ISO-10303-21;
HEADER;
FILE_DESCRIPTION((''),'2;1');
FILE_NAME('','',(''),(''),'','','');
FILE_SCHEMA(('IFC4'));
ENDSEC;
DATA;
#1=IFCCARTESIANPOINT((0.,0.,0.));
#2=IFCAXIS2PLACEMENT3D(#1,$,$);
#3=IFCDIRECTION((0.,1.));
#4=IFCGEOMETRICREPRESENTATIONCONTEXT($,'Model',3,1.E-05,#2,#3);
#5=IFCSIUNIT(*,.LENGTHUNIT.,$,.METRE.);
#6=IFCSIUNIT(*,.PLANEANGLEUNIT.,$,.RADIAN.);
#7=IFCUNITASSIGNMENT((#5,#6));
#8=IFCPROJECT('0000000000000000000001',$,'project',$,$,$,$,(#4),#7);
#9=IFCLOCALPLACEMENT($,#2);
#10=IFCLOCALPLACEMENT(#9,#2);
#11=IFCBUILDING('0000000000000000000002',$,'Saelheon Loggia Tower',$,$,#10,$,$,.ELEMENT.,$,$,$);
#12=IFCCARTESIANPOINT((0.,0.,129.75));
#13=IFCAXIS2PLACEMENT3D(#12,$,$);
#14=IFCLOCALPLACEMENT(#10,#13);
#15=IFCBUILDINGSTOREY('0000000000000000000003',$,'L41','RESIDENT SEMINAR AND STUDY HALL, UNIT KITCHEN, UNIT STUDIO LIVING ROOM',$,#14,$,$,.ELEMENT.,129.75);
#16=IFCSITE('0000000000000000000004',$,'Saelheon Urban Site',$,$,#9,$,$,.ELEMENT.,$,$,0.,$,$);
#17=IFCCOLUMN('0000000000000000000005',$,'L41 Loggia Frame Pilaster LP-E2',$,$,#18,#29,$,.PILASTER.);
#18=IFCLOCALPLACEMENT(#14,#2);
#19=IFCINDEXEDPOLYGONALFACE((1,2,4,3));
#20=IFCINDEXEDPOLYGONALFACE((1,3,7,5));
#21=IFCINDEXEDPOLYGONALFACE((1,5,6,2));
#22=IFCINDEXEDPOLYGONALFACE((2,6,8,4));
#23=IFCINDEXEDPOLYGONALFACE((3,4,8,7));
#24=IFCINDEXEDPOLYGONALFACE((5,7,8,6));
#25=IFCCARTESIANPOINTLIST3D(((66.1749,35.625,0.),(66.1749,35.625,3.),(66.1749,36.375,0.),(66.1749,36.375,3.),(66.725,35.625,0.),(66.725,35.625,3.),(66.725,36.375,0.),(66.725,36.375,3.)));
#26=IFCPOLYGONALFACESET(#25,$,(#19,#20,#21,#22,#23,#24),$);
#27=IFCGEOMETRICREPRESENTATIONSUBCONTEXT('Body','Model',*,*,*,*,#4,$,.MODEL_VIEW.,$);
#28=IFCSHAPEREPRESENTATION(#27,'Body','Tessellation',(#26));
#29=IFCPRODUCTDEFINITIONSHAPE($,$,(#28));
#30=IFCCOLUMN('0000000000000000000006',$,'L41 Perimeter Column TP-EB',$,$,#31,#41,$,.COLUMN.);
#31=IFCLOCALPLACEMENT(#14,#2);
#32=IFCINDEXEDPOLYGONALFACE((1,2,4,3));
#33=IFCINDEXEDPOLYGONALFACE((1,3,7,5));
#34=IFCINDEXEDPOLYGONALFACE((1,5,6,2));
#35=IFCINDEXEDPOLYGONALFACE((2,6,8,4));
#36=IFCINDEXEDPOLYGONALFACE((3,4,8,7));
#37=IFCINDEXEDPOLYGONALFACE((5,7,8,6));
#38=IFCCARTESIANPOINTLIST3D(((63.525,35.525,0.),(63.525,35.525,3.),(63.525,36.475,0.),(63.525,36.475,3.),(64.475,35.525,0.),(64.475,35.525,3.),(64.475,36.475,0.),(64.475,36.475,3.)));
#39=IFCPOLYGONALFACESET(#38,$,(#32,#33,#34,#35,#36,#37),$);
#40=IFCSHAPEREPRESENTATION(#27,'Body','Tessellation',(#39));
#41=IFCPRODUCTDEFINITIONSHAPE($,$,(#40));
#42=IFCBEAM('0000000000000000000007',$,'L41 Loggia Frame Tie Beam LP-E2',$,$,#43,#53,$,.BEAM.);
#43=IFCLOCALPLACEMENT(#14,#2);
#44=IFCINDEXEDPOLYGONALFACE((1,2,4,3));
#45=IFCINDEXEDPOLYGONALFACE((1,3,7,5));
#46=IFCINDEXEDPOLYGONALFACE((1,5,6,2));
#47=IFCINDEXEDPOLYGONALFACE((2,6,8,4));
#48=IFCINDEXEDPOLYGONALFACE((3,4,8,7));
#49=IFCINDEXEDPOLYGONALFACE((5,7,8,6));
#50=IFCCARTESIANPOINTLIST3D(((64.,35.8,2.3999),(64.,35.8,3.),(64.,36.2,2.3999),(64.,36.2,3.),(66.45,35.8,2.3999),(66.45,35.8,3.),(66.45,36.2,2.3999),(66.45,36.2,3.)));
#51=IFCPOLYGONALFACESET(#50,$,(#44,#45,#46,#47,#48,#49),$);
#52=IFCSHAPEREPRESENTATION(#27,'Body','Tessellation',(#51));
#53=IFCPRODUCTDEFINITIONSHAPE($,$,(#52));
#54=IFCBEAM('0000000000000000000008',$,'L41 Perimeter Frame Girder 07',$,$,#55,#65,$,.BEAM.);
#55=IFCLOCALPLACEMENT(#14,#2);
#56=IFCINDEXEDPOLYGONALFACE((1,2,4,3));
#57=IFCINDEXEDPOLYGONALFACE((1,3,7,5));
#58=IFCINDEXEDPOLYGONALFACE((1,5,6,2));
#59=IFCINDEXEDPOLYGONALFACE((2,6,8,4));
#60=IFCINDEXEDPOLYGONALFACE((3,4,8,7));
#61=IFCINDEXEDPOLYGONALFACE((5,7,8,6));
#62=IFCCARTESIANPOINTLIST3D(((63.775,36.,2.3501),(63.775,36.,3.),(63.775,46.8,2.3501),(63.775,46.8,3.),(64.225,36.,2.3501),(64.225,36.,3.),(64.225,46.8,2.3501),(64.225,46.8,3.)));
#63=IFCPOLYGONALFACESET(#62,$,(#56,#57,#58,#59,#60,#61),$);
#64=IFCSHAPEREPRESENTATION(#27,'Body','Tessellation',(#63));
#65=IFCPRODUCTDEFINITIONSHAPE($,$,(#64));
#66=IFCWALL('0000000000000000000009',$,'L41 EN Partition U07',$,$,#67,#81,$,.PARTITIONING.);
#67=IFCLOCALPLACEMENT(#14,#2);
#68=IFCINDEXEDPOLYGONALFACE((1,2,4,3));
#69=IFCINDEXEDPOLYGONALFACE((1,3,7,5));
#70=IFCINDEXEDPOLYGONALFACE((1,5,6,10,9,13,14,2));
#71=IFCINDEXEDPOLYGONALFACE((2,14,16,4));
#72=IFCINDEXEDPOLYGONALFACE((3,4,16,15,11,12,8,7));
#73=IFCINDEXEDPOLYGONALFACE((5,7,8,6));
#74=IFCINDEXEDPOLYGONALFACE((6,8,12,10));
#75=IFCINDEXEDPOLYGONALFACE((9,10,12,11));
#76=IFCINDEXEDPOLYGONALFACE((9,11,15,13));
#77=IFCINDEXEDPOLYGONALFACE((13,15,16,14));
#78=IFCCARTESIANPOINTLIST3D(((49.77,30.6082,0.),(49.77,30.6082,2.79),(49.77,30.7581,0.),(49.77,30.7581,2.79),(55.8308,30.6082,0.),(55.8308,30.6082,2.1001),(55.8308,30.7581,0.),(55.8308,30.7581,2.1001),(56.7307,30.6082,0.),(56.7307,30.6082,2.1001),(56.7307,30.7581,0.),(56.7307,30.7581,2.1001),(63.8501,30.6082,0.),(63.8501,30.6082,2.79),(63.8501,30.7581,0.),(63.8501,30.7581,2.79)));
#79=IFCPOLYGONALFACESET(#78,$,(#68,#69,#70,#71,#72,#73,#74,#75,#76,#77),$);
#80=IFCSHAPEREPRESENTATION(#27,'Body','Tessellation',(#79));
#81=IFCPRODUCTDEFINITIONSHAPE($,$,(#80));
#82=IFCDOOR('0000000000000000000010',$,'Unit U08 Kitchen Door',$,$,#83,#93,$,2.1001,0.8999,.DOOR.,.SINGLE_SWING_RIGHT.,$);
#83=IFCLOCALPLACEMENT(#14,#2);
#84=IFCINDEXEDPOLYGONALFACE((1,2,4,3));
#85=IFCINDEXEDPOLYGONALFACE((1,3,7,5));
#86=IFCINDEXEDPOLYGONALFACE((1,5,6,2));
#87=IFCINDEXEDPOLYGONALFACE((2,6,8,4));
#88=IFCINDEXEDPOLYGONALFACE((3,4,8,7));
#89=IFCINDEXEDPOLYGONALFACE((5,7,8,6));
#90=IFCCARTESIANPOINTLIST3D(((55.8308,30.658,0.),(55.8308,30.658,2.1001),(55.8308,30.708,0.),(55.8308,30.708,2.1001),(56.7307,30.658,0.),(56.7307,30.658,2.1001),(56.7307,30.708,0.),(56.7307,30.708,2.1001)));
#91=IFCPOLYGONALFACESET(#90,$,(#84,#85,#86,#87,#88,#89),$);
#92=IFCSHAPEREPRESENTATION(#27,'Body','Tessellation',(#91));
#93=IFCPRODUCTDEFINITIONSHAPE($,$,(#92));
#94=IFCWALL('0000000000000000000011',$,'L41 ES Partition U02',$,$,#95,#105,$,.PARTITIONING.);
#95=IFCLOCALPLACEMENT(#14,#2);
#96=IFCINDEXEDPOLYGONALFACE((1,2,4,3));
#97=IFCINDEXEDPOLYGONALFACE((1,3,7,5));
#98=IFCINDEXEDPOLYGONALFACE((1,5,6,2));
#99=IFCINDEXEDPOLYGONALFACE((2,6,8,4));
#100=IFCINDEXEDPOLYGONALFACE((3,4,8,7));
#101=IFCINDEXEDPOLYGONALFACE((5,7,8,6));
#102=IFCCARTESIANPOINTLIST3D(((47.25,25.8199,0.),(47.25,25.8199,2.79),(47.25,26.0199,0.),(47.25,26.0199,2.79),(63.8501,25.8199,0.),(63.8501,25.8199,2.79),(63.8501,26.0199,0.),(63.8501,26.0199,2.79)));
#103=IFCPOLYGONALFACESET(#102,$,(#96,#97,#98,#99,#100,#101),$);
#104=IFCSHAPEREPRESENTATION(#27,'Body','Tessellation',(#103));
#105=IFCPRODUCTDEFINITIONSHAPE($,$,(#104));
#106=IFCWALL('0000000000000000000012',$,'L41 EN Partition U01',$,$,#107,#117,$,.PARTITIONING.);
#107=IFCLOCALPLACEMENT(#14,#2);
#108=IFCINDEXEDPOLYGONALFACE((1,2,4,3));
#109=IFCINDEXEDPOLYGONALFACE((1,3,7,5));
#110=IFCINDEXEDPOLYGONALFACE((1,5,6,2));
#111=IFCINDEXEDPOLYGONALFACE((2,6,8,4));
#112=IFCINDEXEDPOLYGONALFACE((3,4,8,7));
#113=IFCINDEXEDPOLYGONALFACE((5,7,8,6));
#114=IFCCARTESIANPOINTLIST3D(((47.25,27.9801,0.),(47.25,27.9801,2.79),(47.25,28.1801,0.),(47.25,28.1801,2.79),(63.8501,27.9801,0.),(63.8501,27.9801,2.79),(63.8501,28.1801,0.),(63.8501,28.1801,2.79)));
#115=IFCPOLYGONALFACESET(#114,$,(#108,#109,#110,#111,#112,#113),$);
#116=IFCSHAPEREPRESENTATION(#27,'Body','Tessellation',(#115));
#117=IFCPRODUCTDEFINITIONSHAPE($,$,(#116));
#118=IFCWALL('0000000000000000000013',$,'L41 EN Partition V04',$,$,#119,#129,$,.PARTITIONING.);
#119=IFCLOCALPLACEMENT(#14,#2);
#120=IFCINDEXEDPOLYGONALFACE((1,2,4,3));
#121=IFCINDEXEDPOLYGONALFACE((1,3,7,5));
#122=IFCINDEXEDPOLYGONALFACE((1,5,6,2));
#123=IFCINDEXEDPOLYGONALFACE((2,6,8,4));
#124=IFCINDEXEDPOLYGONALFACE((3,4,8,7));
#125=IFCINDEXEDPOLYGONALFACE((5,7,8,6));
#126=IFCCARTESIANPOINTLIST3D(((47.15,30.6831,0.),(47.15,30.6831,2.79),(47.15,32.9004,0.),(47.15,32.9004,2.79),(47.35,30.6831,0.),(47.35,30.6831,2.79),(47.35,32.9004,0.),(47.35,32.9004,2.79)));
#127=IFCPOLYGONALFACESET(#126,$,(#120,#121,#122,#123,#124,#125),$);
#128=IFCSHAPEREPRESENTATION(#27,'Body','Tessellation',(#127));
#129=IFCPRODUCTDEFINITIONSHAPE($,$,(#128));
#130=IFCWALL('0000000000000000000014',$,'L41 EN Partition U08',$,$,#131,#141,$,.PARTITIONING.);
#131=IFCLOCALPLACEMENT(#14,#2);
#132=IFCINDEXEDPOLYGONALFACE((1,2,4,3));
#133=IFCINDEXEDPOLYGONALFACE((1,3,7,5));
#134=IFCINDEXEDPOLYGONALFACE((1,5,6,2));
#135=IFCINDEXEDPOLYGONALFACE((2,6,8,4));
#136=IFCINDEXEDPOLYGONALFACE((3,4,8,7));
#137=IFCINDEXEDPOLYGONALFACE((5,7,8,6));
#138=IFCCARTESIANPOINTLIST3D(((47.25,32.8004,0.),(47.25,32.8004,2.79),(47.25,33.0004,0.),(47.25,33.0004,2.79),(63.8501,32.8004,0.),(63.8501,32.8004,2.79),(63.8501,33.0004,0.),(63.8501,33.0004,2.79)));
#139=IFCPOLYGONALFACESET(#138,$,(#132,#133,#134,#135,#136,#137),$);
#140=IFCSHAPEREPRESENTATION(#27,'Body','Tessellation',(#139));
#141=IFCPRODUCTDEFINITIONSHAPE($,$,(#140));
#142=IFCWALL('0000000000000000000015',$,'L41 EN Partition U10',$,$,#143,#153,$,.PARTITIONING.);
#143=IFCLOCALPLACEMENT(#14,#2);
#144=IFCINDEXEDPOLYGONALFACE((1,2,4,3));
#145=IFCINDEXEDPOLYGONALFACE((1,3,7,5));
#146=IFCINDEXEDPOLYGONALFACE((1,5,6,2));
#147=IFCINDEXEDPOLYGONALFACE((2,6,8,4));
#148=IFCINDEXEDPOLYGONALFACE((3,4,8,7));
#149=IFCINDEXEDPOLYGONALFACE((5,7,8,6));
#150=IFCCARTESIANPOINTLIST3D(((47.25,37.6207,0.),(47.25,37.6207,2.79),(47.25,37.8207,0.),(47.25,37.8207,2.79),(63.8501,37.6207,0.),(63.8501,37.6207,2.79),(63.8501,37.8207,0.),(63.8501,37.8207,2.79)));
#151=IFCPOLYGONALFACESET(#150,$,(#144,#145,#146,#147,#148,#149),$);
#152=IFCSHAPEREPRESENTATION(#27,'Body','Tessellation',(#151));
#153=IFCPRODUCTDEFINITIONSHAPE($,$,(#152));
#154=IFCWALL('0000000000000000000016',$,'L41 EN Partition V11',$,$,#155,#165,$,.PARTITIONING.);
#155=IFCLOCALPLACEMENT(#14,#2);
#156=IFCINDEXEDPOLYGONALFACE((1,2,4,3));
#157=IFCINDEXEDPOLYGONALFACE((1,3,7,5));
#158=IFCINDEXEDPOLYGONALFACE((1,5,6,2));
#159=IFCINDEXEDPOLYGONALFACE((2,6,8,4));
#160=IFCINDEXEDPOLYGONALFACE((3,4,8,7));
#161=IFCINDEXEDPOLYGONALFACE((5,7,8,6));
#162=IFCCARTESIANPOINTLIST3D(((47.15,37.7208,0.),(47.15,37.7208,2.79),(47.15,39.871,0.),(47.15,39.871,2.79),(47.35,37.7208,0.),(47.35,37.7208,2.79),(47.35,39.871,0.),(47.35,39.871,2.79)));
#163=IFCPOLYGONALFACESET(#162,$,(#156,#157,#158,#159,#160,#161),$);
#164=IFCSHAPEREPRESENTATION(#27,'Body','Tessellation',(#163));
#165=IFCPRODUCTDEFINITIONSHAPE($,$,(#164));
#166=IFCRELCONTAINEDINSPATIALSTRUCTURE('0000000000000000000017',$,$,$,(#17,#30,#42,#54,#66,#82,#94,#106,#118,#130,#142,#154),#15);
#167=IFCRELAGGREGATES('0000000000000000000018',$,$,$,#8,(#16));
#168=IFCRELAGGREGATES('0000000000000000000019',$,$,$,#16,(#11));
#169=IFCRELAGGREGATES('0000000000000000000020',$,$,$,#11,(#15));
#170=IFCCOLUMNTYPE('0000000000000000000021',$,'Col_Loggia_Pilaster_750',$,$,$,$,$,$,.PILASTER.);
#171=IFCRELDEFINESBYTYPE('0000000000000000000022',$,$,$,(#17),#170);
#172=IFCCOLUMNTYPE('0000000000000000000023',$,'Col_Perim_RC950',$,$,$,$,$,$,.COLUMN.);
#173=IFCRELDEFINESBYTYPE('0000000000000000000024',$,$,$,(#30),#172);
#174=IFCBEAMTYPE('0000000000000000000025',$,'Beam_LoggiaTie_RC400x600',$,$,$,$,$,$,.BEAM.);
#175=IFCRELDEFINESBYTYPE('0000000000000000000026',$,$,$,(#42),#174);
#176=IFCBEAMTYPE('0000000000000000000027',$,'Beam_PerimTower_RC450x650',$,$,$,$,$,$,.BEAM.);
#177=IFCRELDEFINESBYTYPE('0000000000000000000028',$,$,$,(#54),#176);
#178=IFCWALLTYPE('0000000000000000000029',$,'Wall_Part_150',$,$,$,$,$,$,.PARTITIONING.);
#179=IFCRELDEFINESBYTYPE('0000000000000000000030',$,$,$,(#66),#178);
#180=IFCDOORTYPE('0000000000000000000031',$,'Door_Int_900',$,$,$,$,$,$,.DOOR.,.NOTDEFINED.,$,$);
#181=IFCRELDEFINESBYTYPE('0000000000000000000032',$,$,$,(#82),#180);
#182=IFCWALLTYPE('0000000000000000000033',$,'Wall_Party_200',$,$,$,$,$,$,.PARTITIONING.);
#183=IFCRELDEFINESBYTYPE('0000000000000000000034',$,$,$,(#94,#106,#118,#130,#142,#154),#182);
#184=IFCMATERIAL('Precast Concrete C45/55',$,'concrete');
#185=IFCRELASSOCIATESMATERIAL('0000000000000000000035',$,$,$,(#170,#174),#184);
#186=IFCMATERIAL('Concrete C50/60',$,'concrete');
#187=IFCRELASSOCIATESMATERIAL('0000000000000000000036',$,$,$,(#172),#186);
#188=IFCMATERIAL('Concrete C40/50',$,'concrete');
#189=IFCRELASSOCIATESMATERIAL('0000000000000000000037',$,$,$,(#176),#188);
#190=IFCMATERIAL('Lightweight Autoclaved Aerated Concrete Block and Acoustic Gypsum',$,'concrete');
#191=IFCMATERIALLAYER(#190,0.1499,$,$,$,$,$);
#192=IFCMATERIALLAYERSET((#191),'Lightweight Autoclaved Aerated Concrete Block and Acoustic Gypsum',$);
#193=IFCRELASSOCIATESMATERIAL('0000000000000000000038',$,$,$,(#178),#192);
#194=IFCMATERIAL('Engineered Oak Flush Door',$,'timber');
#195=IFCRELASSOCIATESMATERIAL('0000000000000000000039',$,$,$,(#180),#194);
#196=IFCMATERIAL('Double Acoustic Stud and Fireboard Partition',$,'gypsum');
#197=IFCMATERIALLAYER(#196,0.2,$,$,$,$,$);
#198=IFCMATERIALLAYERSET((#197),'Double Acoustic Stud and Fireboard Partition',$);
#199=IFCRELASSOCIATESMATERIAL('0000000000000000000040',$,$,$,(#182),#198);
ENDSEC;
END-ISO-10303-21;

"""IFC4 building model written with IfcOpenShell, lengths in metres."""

from ifc_helpers import new_model, si_unit, direction, frame, frame_2d, origin, origin_2d, place, context, subcontext, project, spatial, rectangle, extrude, source, transform, mapped, material, layer, layer_set, material_profile, profile_set, type_object, element, fill, save


model = new_model("IFC4")

# Units and contexts
model_context = context("Model", 3, precision=1e-05, world=origin(), true_north=direction((0.0, 1.0)))
body_context = subcontext(model_context, "Body", "Model", "MODEL_VIEW")
ifc_project = project(units=[si_unit("LENGTHUNIT", "METRE"), si_unit("PLANEANGLEUNIT", "RADIAN")], contexts=[model_context])

# Site, building, storey
site_placement = place(None, origin())
site = spatial("IfcSite", under=ifc_project, at=site_placement, Name="Saelheon Urban Site", CompositionType="ELEMENT", RefElevation=0.0)
building_placement = place(site_placement, origin())
building = spatial("IfcBuilding", under=site, at=building_placement, Name="Saelheon Loggia Tower", CompositionType="ELEMENT")
storey_placement = place(building_placement, frame((0.0, 0.0, 129.75)))
storey = spatial("IfcBuildingStorey", under=building, at=storey_placement, Name="L41", Description="RESIDENT SEMINAR AND STUDY HALL, UNIT KITCHEN, UNIT STUDIO LIVING ROOM", CompositionType="ELEMENT", Elevation=129.75)

# Columns
ifc_material_1 = material(Name="Precast Concrete C45/55", Category="concrete")
ifc_material_profile_1 = material_profile(ifc_material_1, rectangle(XDim=0.55, YDim=0.75, at=origin_2d()), Name="RC-550x750")
ifc_profile_set_1 = profile_set([ifc_material_profile_1], Name="Precast Concrete C45/55")
column_type_1 = type_object("IfcColumnType", Name="Col_Loggia_Pilaster_750", PredefinedType="PILASTER", material=ifc_profile_set_1)
shared_shape_1 = source(origin(), body_context, "Body", "SweptSolid", [
    extrude(rectangle(XDim=0.55, YDim=0.75, at=origin_2d()), origin(), (0.0, 0.0, 1.0), 3.0),
])
column_1_placement = place(storey_placement, frame((66.45, 36.0, 0.0), z_axis=(0.0, 0.0, 1.0), x_axis=(1.0, 0.0, 0.0)))
element("IfcColumn", 1, at=column_1_placement, inside=storey, type_object=column_type_1, Name="L41 Loggia Frame Pilaster LP-E2", PredefinedType="PILASTER", context=body_context, shape_type="MappedRepresentation", body=[
    mapped(shared_shape_1, transform((0.0, 0.0, 0.0), scale=1.0)),
])
ifc_material_2 = material(Name="Concrete C50/60", Category="concrete")
ifc_material_profile_2 = material_profile(ifc_material_2, rectangle(XDim=0.95, YDim=0.95, at=origin_2d()), Name="RC-950x950")
ifc_profile_set_2 = profile_set([ifc_material_profile_2], Name="Concrete C50/60")
column_type_2 = type_object("IfcColumnType", Name="Col_Perim_RC950", PredefinedType="COLUMN", material=ifc_profile_set_2)
shared_shape_2 = source(origin(), body_context, "Body", "SweptSolid", [
    extrude(rectangle(XDim=0.95, YDim=0.95, at=origin_2d()), origin(), (0.0, 0.0, 1.0), 3.0),
])
column_2_placement = place(storey_placement, frame((64.0, 36.0, 0.0), z_axis=(0.0, 0.0, 1.0), x_axis=(1.0, 0.0, 0.0)))
element("IfcColumn", 2, at=column_2_placement, inside=storey, type_object=column_type_2, Name="L41 Perimeter Column TP-EB", PredefinedType="COLUMN", context=body_context, shape_type="MappedRepresentation", body=[
    mapped(shared_shape_2, transform((0.0, 0.0, 0.0), scale=1.0)),
])

# Beams
ifc_material_profile_3 = material_profile(ifc_material_1, rectangle(XDim=0.3999, YDim=0.6001, at=origin_2d()), Name="RC-400x600")
ifc_profile_set_3 = profile_set([ifc_material_profile_3], Name="Precast Concrete C45/55")
beam_type_1 = type_object("IfcBeamType", Name="Beam_LoggiaTie_RC400x600", PredefinedType="BEAM", material=ifc_profile_set_3)
shared_shape_3 = source(origin(), body_context, "Body", "SweptSolid", [
    extrude(rectangle(XDim=0.3999, YDim=0.6001, at=origin_2d()), origin(), (0.0, 0.0, 1.0), 2.45),
])
beam_1_placement = place(storey_placement, frame((64.0, 36.0, 2.7), z_axis=(1.0, 0.0, 0.0), x_axis=(0.0, 1.0, 0.0)))
element("IfcBeam", 3, at=beam_1_placement, inside=storey, type_object=beam_type_1, Name="L41 Loggia Frame Tie Beam LP-E2", PredefinedType="BEAM", context=body_context, shape_type="MappedRepresentation", body=[
    mapped(shared_shape_3, transform((0.0, 0.0, 0.0), scale=1.0)),
])
ifc_material_3 = material(Name="Concrete C40/50", Category="concrete")
ifc_material_profile_4 = material_profile(ifc_material_3, rectangle(XDim=0.45, YDim=0.6499, at=origin_2d()), Name="RC-450x650")
ifc_profile_set_4 = profile_set([ifc_material_profile_4], Name="Concrete C40/50")
beam_type_2 = type_object("IfcBeamType", Name="Beam_PerimTower_RC450x650", PredefinedType="BEAM", material=ifc_profile_set_4)
shared_shape_4 = source(origin(), body_context, "Body", "SweptSolid", [
    extrude(rectangle(XDim=0.45, YDim=0.6499, at=origin_2d()), origin(), (0.0, 0.0, 1.0), 10.8),
])
beam_2_placement = place(storey_placement, frame((64.0, 36.0, 2.675), z_axis=(0.0, 1.0, 0.0), x_axis=(-1.0, 0.0, 0.0)))
element("IfcBeam", 4, at=beam_2_placement, inside=storey, type_object=beam_type_2, Name="L41 Perimeter Frame Girder 07", PredefinedType="BEAM", context=body_context, shape_type="MappedRepresentation", body=[
    mapped(shared_shape_4, transform((0.0, 0.0, 0.0), scale=1.0)),
])

# Wall, opening, door
ifc_material_4 = material(Name="Lightweight Autoclaved Aerated Concrete Block and Acoustic Gypsum", Category="concrete")
ifc_layer_1 = layer(ifc_material_4, 0.1499)
ifc_layer_set_1 = layer_set([ifc_layer_1], Name="Lightweight Autoclaved Aerated Concrete Block and Acoustic Gypsum")
wall_type_1 = type_object("IfcWallType", Name="Wall_Part_150", PredefinedType="PARTITIONING", material=ifc_layer_set_1)
wall_1_placement = place(storey_placement, frame((49.77, 30.6831, 0.0), z_axis=(0.0, 0.0, 1.0), x_axis=(1.0, 0.0, 0.0)))
wall_1 = element("IfcWall", 5, at=wall_1_placement, inside=storey, type_object=wall_type_1, Name="L41 EN Partition U07", PredefinedType="PARTITIONING", context=body_context, shape_type="SweptSolid", body=[
    extrude(rectangle(XDim=14.0801, YDim=0.1499, at=frame_2d((7.04, 0.0))), origin(), (0.0, 0.0, 1.0), 2.79),
])
opening_1_placement = place(wall_1_placement, frame((6.0608, 0.0, 0.0)))
opening_1 = element("IfcOpeningElement", 6, at=opening_1_placement, cuts=wall_1, PredefinedType="OPENING", context=body_context, shape_type="SweptSolid", body=[
    extrude(rectangle(XDim=0.8999, YDim=2.1001, at=frame_2d((0.45, 1.05))), frame((0.0, 0.0869, 0.0), z_axis=(0.0, -1.0, 0.0), x_axis=(1.0, 0.0, 0.0)), (0.0, 0.0, 1.0), 0.1738),
])
ifc_material_5 = material(Name="Engineered Oak Flush Door", Category="timber")
door_type_1 = type_object("IfcDoorType", Name="Door_Int_900", OperationType="NOTDEFINED", PredefinedType="DOOR", material=ifc_material_5)
shared_shape_5 = source(origin(), body_context, "Body", "SweptSolid", [
    extrude(rectangle(XDim=0.8999, YDim=2.1001, at=frame_2d((0.45, 1.05))), frame((0.0, 0.0249, 0.0), z_axis=(0.0, -1.0, 0.0), x_axis=(1.0, 0.0, 0.0)), (0.0, 0.0, 1.0), 0.05),
])
door_1_placement = place(opening_1_placement, origin())
door_1 = element("IfcDoor", 7, at=door_1_placement, inside=storey, type_object=door_type_1, Name="Unit U08 Kitchen Door", OperationType="SINGLE_SWING_RIGHT", OverallHeight=2.1001, OverallWidth=0.8999, PredefinedType="DOOR", context=body_context, shape_type="MappedRepresentation", body=[
    mapped(shared_shape_5, transform((0.0, 0.0, 0.0), scale=1.0)),
])
fill(opening_1, door_1)

# Walls
ifc_material_6 = material(Name="Double Acoustic Stud and Fireboard Partition", Category="gypsum")
ifc_layer_2 = layer(ifc_material_6, 0.2)
ifc_layer_set_2 = layer_set([ifc_layer_2], Name="Double Acoustic Stud and Fireboard Partition")
wall_type_2 = type_object("IfcWallType", Name="Wall_Party_200", PredefinedType="PARTITIONING", material=ifc_layer_set_2)
for number, where, z_axis, x_axis, name in (
    (8, (47.25, 25.9199, 0.0), (0.0, 0.0, 1.0), (1.0, 0.0, 0.0), "L41 ES Partition U02"),
    (9, (47.25, 28.0801, 0.0), (0.0, 0.0, 1.0), (1.0, 0.0, 0.0), "L41 EN Partition U01"),
):
    element("IfcWall", number, at=place(storey_placement, frame(where, z_axis=z_axis, x_axis=x_axis)), inside=storey, type_object=wall_type_2, Name=name, PredefinedType="PARTITIONING", context=body_context, shape_type="SweptSolid", body=[
        extrude(rectangle(XDim=16.6001, YDim=0.2, at=frame_2d((8.3, 0.0))), origin(), (0.0, 0.0, 1.0), 2.79),
    ])

# Walls
wall_2_placement = place(storey_placement, frame((47.25, 30.6831, 0.0), z_axis=(0.0, 0.0, 1.0), x_axis=(0.0, 1.0, 0.0)))
element("IfcWall", 10, at=wall_2_placement, inside=storey, type_object=wall_type_2, Name="L41 EN Partition V04", PredefinedType="PARTITIONING", context=body_context, shape_type="SweptSolid", body=[
    extrude(rectangle(XDim=2.2173, YDim=0.2, at=frame_2d((1.1086, 0.0))), origin(), (0.0, 0.0, 1.0), 2.79),
])
for number, where, z_axis, x_axis, name in (
    (11, (47.25, 32.9004, 0.0), (0.0, 0.0, 1.0), (1.0, 0.0, 0.0), "L41 EN Partition U08"),
    (12, (47.25, 37.7207, 0.0), (0.0, 0.0, 1.0), (1.0, 0.0, 0.0), "L41 EN Partition U10"),
):
    element("IfcWall", number, at=place(storey_placement, frame(where, z_axis=z_axis, x_axis=x_axis)), inside=storey, type_object=wall_type_2, Name=name, PredefinedType="PARTITIONING", context=body_context, shape_type="SweptSolid", body=[
        extrude(rectangle(XDim=16.6001, YDim=0.2, at=frame_2d((8.3, 0.0))), origin(), (0.0, 0.0, 1.0), 2.79),
    ])
wall_3_placement = place(storey_placement, frame((47.25, 37.7207, 0.0), z_axis=(0.0, 0.0, 1.0), x_axis=(0.0, 1.0, 0.0)))
element("IfcWall", 13, at=wall_3_placement, inside=storey, type_object=wall_type_2, Name="L41 EN Partition V11", PredefinedType="PARTITIONING", context=body_context, shape_type="SweptSolid", body=[
    extrude(rectangle(XDim=2.1501, YDim=0.2, at=frame_2d((1.0752, 0.0))), origin(), (0.0, 0.0, 1.0), 2.79),
])

save(model, "model.ifc")
